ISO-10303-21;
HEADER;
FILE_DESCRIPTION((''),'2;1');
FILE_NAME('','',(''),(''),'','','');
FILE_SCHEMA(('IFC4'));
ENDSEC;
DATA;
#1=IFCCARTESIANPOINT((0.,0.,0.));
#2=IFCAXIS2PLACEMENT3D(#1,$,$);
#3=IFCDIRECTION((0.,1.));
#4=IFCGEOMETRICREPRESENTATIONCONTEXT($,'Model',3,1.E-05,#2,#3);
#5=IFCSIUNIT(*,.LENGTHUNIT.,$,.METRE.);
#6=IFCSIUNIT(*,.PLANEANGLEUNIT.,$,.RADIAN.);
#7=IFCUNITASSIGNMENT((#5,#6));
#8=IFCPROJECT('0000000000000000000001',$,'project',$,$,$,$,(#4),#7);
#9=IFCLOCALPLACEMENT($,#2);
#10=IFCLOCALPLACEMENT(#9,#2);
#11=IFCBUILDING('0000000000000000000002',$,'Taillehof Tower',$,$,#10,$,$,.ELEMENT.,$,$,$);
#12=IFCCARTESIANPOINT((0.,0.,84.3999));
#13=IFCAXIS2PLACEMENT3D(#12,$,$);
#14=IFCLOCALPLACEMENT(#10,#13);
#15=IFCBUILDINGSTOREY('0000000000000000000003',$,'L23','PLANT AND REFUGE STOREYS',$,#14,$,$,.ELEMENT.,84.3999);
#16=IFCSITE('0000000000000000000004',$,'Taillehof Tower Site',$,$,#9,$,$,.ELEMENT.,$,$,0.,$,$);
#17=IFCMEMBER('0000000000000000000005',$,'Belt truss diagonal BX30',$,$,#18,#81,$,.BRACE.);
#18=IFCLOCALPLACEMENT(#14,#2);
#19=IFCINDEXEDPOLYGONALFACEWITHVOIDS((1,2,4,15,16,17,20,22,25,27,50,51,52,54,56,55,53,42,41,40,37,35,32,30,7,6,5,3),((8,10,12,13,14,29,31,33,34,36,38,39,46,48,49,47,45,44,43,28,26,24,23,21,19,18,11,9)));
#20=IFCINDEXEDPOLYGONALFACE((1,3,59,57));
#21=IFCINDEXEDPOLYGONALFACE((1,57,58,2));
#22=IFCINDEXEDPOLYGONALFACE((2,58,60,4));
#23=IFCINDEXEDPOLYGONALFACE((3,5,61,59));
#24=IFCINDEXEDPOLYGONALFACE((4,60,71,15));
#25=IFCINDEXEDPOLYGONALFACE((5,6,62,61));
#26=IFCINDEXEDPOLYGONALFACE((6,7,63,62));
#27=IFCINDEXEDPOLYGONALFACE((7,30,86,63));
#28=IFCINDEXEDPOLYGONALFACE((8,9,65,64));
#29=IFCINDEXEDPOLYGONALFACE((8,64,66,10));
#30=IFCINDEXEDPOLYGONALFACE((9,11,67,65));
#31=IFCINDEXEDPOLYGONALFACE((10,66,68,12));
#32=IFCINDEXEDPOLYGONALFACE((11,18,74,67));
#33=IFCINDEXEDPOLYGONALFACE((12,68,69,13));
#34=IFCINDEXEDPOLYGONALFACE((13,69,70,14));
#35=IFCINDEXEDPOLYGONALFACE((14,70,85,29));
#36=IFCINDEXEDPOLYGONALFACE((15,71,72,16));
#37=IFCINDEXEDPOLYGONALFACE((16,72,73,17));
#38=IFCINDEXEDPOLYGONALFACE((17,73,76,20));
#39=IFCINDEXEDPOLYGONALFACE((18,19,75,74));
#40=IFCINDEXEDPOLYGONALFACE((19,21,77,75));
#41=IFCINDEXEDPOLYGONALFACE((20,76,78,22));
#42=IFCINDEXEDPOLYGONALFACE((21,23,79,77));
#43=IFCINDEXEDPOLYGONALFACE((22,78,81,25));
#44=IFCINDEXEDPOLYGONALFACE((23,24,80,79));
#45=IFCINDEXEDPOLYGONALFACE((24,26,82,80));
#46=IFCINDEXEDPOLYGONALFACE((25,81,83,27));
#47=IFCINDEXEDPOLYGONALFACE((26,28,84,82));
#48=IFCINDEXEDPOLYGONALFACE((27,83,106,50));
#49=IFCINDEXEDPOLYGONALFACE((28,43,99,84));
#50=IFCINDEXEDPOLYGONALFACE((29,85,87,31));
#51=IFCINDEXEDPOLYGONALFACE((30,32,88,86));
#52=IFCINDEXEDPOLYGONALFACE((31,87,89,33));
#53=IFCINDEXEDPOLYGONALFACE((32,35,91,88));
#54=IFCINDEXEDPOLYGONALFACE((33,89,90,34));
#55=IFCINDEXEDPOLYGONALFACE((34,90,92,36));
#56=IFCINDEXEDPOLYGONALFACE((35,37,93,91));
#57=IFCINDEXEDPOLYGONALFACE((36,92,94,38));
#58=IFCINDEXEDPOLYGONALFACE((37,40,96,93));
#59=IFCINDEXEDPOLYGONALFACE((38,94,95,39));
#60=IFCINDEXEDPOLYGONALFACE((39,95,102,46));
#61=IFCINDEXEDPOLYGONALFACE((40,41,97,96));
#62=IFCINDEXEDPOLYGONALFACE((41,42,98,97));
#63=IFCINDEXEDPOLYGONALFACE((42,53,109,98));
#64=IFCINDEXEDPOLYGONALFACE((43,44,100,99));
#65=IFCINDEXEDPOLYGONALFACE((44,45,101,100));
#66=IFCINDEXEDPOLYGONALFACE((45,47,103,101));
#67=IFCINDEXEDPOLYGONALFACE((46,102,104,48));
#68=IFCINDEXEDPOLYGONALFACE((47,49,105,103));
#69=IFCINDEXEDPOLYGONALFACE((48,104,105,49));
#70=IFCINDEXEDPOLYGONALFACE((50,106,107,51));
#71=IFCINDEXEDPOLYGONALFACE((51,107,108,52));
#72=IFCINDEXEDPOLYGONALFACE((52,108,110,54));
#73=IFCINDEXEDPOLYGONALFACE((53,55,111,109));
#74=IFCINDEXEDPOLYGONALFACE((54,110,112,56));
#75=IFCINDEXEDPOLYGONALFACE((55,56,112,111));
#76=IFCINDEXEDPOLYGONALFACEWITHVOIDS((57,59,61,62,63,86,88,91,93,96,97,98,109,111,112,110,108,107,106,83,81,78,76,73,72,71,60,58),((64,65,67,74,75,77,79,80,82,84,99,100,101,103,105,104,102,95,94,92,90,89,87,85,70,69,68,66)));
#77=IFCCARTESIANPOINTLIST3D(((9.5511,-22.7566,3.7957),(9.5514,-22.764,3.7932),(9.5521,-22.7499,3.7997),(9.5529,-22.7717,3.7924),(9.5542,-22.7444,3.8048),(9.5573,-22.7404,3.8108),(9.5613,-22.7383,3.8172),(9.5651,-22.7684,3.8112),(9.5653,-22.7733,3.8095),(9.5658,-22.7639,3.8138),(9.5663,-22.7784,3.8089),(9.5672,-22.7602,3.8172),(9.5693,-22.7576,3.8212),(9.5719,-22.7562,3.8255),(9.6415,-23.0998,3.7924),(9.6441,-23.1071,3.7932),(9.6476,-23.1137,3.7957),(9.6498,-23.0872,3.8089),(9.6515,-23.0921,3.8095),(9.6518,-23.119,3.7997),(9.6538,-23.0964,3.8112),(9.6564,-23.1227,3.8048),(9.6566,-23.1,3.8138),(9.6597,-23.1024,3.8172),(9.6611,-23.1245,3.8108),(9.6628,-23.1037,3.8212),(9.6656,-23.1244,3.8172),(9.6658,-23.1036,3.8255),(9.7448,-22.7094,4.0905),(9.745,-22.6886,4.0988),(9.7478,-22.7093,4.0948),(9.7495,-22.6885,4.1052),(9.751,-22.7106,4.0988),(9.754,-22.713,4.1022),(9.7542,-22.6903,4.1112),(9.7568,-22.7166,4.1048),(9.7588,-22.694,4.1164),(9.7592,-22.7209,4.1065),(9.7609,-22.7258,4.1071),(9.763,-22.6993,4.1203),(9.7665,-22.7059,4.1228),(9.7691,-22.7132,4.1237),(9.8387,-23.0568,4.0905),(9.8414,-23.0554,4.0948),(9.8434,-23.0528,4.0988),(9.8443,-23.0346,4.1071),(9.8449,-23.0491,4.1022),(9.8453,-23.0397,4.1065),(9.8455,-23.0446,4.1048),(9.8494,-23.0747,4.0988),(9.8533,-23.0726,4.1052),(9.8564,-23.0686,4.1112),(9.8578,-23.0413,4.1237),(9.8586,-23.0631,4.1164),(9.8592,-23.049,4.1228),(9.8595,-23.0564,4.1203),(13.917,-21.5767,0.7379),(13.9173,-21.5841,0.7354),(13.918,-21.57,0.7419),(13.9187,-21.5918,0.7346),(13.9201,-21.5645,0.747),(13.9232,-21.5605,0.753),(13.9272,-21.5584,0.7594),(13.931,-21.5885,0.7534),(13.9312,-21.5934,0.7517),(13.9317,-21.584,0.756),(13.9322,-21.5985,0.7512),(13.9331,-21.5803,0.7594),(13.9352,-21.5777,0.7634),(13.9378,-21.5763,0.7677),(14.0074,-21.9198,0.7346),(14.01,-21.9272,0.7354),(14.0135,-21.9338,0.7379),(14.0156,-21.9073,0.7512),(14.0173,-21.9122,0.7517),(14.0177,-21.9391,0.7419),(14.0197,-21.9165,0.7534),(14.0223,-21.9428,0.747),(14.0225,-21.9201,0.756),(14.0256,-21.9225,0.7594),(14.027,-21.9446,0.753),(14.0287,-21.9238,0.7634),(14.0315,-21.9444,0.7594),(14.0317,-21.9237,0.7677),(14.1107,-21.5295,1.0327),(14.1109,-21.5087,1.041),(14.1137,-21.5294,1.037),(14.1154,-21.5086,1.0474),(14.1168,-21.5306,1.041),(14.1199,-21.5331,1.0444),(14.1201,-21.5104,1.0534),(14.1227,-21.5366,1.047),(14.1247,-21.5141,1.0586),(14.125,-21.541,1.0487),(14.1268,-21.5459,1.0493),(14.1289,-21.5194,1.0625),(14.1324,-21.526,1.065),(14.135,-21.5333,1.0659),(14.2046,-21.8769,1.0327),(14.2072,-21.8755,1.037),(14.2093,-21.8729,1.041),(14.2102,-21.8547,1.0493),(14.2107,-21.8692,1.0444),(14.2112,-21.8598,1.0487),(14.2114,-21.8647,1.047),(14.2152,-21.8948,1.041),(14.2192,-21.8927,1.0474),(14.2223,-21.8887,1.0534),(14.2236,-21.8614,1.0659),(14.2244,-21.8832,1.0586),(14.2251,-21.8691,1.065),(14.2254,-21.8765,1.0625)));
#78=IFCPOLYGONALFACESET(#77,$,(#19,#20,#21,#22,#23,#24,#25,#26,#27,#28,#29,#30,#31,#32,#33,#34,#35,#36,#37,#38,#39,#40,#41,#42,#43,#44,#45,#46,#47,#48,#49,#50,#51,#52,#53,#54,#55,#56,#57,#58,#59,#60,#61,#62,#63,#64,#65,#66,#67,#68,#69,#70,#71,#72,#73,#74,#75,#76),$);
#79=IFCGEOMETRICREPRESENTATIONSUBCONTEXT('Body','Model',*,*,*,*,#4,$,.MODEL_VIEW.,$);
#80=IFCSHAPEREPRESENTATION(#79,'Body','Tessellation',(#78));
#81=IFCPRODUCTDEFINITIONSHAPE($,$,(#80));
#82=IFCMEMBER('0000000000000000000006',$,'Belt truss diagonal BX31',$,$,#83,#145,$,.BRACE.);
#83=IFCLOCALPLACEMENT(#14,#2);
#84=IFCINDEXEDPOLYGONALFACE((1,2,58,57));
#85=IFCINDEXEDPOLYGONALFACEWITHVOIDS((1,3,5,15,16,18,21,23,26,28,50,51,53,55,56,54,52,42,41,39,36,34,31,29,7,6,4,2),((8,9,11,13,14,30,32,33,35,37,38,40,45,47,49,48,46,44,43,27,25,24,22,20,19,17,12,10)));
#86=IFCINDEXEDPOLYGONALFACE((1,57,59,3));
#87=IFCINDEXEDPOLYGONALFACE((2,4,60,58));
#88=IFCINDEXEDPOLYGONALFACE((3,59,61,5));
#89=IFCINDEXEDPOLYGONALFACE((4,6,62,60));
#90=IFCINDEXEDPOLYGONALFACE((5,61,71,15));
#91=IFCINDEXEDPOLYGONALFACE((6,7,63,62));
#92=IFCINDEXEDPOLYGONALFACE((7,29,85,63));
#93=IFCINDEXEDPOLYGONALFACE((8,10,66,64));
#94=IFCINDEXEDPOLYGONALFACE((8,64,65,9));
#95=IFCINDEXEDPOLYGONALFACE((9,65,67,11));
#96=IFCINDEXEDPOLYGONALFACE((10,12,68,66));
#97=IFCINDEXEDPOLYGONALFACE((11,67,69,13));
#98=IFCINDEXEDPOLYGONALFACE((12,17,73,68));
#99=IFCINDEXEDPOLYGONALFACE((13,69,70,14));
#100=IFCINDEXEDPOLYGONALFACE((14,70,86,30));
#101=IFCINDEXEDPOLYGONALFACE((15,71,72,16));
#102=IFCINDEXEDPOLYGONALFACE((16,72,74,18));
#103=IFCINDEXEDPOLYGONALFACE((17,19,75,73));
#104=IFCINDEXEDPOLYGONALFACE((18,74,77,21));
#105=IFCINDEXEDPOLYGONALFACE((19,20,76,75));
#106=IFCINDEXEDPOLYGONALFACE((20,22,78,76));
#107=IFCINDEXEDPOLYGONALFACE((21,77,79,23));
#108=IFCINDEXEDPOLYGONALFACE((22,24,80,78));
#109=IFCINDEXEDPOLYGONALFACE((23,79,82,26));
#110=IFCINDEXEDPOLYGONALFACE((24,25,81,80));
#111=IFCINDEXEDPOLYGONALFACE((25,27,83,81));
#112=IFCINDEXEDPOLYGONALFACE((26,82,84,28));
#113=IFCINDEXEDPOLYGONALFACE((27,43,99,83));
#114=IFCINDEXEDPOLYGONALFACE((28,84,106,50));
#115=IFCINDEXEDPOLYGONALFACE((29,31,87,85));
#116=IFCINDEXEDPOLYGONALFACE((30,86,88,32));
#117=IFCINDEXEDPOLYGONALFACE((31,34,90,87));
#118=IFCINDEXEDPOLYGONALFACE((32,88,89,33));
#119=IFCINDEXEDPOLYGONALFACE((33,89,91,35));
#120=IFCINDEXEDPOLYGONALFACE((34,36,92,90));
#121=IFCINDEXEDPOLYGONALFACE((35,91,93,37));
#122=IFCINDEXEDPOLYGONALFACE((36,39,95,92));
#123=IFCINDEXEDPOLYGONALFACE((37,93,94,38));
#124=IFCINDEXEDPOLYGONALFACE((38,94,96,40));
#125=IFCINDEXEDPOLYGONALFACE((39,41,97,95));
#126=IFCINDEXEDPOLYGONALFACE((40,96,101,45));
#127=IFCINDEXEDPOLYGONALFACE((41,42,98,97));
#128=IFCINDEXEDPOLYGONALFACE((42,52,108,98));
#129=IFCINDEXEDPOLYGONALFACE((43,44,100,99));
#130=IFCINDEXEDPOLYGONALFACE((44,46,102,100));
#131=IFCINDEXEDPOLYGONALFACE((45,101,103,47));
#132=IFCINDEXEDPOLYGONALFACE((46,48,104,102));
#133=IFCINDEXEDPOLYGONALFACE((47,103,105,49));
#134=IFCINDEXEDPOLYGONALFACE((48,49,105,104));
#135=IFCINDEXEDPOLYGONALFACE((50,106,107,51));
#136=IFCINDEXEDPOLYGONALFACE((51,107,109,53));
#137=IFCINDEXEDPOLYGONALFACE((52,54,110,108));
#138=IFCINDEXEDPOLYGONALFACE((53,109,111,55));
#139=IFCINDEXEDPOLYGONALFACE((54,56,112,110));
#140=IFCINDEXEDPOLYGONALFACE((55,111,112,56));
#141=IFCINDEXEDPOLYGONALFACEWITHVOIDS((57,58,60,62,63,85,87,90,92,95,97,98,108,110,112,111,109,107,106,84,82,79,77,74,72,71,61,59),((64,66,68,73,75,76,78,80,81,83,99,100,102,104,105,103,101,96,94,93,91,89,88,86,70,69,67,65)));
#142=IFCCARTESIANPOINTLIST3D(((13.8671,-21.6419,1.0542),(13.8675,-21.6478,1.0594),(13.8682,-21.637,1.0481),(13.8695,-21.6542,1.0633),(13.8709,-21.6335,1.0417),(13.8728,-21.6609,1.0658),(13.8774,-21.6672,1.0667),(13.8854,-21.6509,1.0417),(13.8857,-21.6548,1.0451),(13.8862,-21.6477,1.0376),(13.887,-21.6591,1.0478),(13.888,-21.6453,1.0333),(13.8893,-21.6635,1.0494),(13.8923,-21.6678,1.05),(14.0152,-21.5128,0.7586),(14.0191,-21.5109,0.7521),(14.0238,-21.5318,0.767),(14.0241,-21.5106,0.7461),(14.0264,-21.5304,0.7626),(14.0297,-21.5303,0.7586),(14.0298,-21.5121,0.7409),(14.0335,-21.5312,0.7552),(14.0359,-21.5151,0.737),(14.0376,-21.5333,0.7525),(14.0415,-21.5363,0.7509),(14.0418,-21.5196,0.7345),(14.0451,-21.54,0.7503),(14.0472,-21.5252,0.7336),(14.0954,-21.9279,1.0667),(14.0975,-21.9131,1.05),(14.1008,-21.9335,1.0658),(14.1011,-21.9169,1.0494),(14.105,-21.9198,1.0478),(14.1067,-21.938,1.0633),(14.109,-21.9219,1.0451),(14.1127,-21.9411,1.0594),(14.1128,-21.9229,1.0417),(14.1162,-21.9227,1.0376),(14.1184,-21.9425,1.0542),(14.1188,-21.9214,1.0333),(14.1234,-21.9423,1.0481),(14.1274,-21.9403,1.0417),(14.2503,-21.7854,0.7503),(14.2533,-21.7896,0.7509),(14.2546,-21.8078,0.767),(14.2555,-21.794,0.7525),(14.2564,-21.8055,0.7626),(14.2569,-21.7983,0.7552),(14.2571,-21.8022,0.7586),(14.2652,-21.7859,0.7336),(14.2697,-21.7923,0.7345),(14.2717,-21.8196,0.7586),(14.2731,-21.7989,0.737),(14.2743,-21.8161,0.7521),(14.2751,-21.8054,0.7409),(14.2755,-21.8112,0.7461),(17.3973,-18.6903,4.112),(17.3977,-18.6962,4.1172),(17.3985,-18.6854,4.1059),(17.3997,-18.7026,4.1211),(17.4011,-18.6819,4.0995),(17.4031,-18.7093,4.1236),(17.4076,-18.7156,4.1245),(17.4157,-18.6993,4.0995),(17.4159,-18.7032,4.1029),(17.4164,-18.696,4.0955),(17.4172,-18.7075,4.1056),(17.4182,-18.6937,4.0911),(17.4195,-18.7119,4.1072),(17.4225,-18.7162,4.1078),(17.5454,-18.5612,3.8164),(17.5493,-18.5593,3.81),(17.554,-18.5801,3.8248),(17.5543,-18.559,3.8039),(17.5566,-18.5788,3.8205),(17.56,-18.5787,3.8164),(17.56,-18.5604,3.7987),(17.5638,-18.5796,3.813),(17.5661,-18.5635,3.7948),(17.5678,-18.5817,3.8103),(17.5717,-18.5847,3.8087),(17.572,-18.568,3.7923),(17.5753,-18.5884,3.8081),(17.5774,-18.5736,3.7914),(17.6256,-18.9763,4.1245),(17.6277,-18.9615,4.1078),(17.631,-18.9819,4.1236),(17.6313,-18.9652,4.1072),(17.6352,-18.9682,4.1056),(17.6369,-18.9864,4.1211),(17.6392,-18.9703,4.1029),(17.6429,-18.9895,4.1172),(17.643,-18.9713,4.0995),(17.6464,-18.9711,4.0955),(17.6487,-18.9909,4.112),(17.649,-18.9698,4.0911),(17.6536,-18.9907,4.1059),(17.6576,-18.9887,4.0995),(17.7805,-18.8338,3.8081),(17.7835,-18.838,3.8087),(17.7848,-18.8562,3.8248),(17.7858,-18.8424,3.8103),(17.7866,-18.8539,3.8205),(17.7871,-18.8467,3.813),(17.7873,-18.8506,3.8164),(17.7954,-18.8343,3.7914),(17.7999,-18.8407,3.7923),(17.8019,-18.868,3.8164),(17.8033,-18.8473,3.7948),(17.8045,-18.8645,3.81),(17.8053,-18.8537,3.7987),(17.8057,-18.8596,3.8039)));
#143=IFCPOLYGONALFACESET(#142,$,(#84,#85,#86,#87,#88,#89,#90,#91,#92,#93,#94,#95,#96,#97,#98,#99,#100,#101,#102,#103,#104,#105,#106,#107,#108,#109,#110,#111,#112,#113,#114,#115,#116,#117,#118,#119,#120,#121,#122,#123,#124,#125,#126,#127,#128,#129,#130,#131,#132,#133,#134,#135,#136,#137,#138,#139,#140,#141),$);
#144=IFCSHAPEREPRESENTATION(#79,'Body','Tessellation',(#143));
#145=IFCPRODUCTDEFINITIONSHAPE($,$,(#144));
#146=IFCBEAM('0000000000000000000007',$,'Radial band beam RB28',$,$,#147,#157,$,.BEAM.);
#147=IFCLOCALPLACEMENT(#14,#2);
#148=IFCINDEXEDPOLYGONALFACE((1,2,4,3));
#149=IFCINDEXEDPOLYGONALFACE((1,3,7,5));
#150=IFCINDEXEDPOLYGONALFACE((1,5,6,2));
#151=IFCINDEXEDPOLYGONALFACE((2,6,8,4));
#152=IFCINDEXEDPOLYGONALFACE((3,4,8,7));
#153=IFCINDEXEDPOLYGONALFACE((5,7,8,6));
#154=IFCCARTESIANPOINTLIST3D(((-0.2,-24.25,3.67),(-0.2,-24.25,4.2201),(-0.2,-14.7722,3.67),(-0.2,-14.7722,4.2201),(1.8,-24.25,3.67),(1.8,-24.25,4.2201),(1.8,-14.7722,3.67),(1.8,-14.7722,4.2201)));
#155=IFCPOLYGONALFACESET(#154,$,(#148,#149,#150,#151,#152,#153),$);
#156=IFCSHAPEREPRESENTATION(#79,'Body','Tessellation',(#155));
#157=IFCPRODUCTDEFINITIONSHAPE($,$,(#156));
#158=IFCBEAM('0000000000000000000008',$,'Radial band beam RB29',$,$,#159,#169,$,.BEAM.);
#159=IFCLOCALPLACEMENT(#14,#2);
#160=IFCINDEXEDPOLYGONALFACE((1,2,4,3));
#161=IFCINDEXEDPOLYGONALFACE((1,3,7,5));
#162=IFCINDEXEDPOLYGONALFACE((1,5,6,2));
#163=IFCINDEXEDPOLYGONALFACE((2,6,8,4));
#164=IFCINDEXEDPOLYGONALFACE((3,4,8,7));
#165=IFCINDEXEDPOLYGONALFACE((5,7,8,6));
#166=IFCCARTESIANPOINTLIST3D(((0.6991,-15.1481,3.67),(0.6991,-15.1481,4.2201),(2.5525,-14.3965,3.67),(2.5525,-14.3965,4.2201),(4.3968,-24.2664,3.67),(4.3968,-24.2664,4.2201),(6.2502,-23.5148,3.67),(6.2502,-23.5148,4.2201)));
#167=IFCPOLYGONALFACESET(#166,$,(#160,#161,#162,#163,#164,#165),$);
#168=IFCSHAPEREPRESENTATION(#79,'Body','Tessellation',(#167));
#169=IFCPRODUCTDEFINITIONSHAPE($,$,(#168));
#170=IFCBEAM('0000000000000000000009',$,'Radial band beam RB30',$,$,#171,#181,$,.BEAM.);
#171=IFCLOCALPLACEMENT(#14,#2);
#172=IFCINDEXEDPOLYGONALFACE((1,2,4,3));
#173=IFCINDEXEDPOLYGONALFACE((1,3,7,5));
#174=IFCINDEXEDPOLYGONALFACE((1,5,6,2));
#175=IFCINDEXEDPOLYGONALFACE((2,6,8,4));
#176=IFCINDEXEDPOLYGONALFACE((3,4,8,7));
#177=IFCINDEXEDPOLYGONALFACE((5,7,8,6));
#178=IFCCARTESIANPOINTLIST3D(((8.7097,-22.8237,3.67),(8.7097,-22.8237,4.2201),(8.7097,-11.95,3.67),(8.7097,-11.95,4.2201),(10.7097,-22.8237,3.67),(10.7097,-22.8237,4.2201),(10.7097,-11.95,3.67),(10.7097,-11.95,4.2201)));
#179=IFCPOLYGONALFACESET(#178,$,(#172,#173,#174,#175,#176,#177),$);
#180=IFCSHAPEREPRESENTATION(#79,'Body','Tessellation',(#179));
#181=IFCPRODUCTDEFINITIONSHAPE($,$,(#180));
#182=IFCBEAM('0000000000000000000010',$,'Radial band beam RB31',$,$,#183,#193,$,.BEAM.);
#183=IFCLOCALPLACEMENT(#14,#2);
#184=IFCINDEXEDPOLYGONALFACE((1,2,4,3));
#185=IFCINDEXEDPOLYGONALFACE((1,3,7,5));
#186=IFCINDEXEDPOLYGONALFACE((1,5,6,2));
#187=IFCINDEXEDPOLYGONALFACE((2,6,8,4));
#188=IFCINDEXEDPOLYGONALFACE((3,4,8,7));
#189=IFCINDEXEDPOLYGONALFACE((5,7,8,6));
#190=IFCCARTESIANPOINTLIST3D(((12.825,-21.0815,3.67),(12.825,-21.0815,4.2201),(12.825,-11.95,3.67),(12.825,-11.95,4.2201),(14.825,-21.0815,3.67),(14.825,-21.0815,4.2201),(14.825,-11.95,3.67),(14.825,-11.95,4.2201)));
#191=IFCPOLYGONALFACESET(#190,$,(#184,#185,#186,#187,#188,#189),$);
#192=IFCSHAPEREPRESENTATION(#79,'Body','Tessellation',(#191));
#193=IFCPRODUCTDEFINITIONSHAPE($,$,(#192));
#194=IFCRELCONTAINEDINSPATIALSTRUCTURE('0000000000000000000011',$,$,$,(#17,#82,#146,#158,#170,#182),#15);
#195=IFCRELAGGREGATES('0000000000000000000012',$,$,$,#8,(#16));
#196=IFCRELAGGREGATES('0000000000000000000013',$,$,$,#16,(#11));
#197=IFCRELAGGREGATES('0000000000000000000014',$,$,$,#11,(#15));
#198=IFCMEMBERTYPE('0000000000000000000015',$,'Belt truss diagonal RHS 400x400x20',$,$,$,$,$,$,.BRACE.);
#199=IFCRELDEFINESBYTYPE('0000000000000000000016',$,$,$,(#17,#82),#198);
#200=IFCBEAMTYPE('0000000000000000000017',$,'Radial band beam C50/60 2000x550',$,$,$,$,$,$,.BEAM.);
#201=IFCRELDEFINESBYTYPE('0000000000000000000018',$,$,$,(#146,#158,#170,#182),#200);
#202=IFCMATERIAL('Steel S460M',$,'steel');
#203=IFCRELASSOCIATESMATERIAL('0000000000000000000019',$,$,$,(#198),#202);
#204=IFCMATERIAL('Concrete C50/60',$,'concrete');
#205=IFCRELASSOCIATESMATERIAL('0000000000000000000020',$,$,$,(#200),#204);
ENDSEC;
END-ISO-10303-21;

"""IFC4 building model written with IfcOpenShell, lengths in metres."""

from ifc_helpers import new_model, si_unit, direction, frame, origin, origin_2d, place, context, subcontext, project, spatial, rectangle, hollow_rectangle, extrude, material, material_profile, profile_set, type_object, element, save


model = new_model("IFC4")

# Units and contexts
model_context = context("Model", 3, precision=1e-05, world=origin(), true_north=direction((0.0, 1.0)))
body_context = subcontext(model_context, "Body", "Model", "MODEL_VIEW")
ifc_project = project(units=[si_unit("LENGTHUNIT", "METRE"), si_unit("PLANEANGLEUNIT", "RADIAN")], contexts=[model_context])

# Site, building, storey
site_placement = place(None, origin())
site = spatial("IfcSite", under=ifc_project, at=site_placement, Name="Taillehof Tower Site", CompositionType="ELEMENT", RefElevation=0.0)
building_placement = place(site_placement, origin())
building = spatial("IfcBuilding", under=site, at=building_placement, Name="Taillehof Tower", CompositionType="ELEMENT")
storey_placement = place(building_placement, frame((0.0, 0.0, 84.3999)))
storey = spatial("IfcBuildingStorey", under=building, at=storey_placement, Name="L23", Description="PLANT AND REFUGE STOREYS", CompositionType="ELEMENT", Elevation=84.3999)

# Members
ifc_material_1 = material(Name="Steel S460M", Category="steel")
ifc_material_profile_1 = material_profile(ifc_material_1, hollow_rectangle(XDim=0.3999, YDim=0.3999, WallThickness=0.02, InnerFilletRadius=0.02, OuterFilletRadius=0.03, at=origin_2d()), Name="RHS 400x400x20")
ifc_profile_set_1 = profile_set([ifc_material_profile_1], Name="Steel S460M")
member_type_1 = type_object("IfcMemberType", Name="Belt truss diagonal RHS 400x400x20", PredefinedType="BRACE", material=ifc_profile_set_1)
member_1_placement = place(storey_placement, frame((9.7053, -22.9065, 3.958), z_axis=(0.799724, 0.216131, -0.560115), x_axis=(-0.260897, 0.965367, 0.0)))
element("IfcMember", 1, at=member_1_placement, inside=storey, type_object=member_type_1, Name="Belt truss diagonal BX30", PredefinedType="BRACE", context=body_context, shape_type="SweptSolid", body=[
    extrude(hollow_rectangle(XDim=0.3999, YDim=0.3999, WallThickness=0.02, InnerFilletRadius=0.02, OuterFilletRadius=0.03, at=origin_2d()), origin(), (0.0, 0.0, 1.0), 5.4592),
])
member_2_placement = place(storey_placement, frame((14.0713, -21.7266, 0.9001), z_axis=(0.638963, 0.534237, 0.553459), x_axis=(-0.641436, 0.767177, 0.0)))
element("IfcMember", 2, at=member_2_placement, inside=storey, type_object=member_type_1, Name="Belt truss diagonal BX31", PredefinedType="BRACE", context=body_context, shape_type="SweptSolid", body=[
    extrude(hollow_rectangle(XDim=0.3999, YDim=0.3999, WallThickness=0.02, InnerFilletRadius=0.02, OuterFilletRadius=0.03, at=origin_2d()), origin(), (0.0, 0.0, 1.0), 5.5249),
])

# Beams
ifc_material_2 = material(Name="Concrete C50/60", Category="concrete")
ifc_material_profile_2 = material_profile(ifc_material_2, rectangle(XDim=2.0, YDim=0.55, at=origin_2d()), Name="RC 2000x550")
ifc_profile_set_2 = profile_set([ifc_material_profile_2], Name="Concrete C50/60")
beam_type = type_object("IfcBeamType", Name="Radial band beam C50/60 2000x550", PredefinedType="BEAM", material=ifc_profile_set_2)
beam_1_placement = place(storey_placement, frame((0.8, -24.25, 3.9451), z_axis=(0.0, 1.0, 0.0), x_axis=(-1.0, 0.0, 0.0)))
element("IfcBeam", 3, at=beam_1_placement, inside=storey, type_object=beam_type, Name="Radial band beam RB28", PredefinedType="BEAM", context=body_context, shape_type="SweptSolid", body=[
    extrude(rectangle(XDim=2.0, YDim=0.55, at=origin_2d()), origin(), (0.0, 0.0, 1.0), 9.4778),
])
beam_2_placement = place(storey_placement, frame((5.3235, -23.8906, 3.9451), z_axis=(-0.375801, 0.9267, 0.0), x_axis=(-0.9267, -0.375801, 0.0)))
element("IfcBeam", 4, at=beam_2_placement, inside=storey, type_object=beam_type, Name="Radial band beam RB29", PredefinedType="BEAM", context=body_context, shape_type="SweptSolid", body=[
    extrude(rectangle(XDim=2.0, YDim=0.55, at=origin_2d()), origin(), (0.0, 0.0, 1.0), 9.8396),
])
beam_3_placement = place(storey_placement, frame((9.7097, -22.8237, 3.9451), z_axis=(0.0, 1.0, 0.0), x_axis=(-1.0, 0.0, 0.0)))
element("IfcBeam", 5, at=beam_3_placement, inside=storey, type_object=beam_type, Name="Radial band beam RB30", PredefinedType="BEAM", context=body_context, shape_type="SweptSolid", body=[
    extrude(rectangle(XDim=2.0, YDim=0.55, at=origin_2d()), origin(), (0.0, 0.0, 1.0), 10.8738),
])
beam_4_placement = place(storey_placement, frame((13.825, -21.0815, 3.9451), z_axis=(0.0, 1.0, 0.0), x_axis=(-1.0, 0.0, 0.0)))
element("IfcBeam", 6, at=beam_4_placement, inside=storey, type_object=beam_type, Name="Radial band beam RB31", PredefinedType="BEAM", context=body_context, shape_type="SweptSolid", body=[
    extrude(rectangle(XDim=2.0, YDim=0.55, at=origin_2d()), origin(), (0.0, 0.0, 1.0), 9.1316),
])

save(model, "model.ifc")
